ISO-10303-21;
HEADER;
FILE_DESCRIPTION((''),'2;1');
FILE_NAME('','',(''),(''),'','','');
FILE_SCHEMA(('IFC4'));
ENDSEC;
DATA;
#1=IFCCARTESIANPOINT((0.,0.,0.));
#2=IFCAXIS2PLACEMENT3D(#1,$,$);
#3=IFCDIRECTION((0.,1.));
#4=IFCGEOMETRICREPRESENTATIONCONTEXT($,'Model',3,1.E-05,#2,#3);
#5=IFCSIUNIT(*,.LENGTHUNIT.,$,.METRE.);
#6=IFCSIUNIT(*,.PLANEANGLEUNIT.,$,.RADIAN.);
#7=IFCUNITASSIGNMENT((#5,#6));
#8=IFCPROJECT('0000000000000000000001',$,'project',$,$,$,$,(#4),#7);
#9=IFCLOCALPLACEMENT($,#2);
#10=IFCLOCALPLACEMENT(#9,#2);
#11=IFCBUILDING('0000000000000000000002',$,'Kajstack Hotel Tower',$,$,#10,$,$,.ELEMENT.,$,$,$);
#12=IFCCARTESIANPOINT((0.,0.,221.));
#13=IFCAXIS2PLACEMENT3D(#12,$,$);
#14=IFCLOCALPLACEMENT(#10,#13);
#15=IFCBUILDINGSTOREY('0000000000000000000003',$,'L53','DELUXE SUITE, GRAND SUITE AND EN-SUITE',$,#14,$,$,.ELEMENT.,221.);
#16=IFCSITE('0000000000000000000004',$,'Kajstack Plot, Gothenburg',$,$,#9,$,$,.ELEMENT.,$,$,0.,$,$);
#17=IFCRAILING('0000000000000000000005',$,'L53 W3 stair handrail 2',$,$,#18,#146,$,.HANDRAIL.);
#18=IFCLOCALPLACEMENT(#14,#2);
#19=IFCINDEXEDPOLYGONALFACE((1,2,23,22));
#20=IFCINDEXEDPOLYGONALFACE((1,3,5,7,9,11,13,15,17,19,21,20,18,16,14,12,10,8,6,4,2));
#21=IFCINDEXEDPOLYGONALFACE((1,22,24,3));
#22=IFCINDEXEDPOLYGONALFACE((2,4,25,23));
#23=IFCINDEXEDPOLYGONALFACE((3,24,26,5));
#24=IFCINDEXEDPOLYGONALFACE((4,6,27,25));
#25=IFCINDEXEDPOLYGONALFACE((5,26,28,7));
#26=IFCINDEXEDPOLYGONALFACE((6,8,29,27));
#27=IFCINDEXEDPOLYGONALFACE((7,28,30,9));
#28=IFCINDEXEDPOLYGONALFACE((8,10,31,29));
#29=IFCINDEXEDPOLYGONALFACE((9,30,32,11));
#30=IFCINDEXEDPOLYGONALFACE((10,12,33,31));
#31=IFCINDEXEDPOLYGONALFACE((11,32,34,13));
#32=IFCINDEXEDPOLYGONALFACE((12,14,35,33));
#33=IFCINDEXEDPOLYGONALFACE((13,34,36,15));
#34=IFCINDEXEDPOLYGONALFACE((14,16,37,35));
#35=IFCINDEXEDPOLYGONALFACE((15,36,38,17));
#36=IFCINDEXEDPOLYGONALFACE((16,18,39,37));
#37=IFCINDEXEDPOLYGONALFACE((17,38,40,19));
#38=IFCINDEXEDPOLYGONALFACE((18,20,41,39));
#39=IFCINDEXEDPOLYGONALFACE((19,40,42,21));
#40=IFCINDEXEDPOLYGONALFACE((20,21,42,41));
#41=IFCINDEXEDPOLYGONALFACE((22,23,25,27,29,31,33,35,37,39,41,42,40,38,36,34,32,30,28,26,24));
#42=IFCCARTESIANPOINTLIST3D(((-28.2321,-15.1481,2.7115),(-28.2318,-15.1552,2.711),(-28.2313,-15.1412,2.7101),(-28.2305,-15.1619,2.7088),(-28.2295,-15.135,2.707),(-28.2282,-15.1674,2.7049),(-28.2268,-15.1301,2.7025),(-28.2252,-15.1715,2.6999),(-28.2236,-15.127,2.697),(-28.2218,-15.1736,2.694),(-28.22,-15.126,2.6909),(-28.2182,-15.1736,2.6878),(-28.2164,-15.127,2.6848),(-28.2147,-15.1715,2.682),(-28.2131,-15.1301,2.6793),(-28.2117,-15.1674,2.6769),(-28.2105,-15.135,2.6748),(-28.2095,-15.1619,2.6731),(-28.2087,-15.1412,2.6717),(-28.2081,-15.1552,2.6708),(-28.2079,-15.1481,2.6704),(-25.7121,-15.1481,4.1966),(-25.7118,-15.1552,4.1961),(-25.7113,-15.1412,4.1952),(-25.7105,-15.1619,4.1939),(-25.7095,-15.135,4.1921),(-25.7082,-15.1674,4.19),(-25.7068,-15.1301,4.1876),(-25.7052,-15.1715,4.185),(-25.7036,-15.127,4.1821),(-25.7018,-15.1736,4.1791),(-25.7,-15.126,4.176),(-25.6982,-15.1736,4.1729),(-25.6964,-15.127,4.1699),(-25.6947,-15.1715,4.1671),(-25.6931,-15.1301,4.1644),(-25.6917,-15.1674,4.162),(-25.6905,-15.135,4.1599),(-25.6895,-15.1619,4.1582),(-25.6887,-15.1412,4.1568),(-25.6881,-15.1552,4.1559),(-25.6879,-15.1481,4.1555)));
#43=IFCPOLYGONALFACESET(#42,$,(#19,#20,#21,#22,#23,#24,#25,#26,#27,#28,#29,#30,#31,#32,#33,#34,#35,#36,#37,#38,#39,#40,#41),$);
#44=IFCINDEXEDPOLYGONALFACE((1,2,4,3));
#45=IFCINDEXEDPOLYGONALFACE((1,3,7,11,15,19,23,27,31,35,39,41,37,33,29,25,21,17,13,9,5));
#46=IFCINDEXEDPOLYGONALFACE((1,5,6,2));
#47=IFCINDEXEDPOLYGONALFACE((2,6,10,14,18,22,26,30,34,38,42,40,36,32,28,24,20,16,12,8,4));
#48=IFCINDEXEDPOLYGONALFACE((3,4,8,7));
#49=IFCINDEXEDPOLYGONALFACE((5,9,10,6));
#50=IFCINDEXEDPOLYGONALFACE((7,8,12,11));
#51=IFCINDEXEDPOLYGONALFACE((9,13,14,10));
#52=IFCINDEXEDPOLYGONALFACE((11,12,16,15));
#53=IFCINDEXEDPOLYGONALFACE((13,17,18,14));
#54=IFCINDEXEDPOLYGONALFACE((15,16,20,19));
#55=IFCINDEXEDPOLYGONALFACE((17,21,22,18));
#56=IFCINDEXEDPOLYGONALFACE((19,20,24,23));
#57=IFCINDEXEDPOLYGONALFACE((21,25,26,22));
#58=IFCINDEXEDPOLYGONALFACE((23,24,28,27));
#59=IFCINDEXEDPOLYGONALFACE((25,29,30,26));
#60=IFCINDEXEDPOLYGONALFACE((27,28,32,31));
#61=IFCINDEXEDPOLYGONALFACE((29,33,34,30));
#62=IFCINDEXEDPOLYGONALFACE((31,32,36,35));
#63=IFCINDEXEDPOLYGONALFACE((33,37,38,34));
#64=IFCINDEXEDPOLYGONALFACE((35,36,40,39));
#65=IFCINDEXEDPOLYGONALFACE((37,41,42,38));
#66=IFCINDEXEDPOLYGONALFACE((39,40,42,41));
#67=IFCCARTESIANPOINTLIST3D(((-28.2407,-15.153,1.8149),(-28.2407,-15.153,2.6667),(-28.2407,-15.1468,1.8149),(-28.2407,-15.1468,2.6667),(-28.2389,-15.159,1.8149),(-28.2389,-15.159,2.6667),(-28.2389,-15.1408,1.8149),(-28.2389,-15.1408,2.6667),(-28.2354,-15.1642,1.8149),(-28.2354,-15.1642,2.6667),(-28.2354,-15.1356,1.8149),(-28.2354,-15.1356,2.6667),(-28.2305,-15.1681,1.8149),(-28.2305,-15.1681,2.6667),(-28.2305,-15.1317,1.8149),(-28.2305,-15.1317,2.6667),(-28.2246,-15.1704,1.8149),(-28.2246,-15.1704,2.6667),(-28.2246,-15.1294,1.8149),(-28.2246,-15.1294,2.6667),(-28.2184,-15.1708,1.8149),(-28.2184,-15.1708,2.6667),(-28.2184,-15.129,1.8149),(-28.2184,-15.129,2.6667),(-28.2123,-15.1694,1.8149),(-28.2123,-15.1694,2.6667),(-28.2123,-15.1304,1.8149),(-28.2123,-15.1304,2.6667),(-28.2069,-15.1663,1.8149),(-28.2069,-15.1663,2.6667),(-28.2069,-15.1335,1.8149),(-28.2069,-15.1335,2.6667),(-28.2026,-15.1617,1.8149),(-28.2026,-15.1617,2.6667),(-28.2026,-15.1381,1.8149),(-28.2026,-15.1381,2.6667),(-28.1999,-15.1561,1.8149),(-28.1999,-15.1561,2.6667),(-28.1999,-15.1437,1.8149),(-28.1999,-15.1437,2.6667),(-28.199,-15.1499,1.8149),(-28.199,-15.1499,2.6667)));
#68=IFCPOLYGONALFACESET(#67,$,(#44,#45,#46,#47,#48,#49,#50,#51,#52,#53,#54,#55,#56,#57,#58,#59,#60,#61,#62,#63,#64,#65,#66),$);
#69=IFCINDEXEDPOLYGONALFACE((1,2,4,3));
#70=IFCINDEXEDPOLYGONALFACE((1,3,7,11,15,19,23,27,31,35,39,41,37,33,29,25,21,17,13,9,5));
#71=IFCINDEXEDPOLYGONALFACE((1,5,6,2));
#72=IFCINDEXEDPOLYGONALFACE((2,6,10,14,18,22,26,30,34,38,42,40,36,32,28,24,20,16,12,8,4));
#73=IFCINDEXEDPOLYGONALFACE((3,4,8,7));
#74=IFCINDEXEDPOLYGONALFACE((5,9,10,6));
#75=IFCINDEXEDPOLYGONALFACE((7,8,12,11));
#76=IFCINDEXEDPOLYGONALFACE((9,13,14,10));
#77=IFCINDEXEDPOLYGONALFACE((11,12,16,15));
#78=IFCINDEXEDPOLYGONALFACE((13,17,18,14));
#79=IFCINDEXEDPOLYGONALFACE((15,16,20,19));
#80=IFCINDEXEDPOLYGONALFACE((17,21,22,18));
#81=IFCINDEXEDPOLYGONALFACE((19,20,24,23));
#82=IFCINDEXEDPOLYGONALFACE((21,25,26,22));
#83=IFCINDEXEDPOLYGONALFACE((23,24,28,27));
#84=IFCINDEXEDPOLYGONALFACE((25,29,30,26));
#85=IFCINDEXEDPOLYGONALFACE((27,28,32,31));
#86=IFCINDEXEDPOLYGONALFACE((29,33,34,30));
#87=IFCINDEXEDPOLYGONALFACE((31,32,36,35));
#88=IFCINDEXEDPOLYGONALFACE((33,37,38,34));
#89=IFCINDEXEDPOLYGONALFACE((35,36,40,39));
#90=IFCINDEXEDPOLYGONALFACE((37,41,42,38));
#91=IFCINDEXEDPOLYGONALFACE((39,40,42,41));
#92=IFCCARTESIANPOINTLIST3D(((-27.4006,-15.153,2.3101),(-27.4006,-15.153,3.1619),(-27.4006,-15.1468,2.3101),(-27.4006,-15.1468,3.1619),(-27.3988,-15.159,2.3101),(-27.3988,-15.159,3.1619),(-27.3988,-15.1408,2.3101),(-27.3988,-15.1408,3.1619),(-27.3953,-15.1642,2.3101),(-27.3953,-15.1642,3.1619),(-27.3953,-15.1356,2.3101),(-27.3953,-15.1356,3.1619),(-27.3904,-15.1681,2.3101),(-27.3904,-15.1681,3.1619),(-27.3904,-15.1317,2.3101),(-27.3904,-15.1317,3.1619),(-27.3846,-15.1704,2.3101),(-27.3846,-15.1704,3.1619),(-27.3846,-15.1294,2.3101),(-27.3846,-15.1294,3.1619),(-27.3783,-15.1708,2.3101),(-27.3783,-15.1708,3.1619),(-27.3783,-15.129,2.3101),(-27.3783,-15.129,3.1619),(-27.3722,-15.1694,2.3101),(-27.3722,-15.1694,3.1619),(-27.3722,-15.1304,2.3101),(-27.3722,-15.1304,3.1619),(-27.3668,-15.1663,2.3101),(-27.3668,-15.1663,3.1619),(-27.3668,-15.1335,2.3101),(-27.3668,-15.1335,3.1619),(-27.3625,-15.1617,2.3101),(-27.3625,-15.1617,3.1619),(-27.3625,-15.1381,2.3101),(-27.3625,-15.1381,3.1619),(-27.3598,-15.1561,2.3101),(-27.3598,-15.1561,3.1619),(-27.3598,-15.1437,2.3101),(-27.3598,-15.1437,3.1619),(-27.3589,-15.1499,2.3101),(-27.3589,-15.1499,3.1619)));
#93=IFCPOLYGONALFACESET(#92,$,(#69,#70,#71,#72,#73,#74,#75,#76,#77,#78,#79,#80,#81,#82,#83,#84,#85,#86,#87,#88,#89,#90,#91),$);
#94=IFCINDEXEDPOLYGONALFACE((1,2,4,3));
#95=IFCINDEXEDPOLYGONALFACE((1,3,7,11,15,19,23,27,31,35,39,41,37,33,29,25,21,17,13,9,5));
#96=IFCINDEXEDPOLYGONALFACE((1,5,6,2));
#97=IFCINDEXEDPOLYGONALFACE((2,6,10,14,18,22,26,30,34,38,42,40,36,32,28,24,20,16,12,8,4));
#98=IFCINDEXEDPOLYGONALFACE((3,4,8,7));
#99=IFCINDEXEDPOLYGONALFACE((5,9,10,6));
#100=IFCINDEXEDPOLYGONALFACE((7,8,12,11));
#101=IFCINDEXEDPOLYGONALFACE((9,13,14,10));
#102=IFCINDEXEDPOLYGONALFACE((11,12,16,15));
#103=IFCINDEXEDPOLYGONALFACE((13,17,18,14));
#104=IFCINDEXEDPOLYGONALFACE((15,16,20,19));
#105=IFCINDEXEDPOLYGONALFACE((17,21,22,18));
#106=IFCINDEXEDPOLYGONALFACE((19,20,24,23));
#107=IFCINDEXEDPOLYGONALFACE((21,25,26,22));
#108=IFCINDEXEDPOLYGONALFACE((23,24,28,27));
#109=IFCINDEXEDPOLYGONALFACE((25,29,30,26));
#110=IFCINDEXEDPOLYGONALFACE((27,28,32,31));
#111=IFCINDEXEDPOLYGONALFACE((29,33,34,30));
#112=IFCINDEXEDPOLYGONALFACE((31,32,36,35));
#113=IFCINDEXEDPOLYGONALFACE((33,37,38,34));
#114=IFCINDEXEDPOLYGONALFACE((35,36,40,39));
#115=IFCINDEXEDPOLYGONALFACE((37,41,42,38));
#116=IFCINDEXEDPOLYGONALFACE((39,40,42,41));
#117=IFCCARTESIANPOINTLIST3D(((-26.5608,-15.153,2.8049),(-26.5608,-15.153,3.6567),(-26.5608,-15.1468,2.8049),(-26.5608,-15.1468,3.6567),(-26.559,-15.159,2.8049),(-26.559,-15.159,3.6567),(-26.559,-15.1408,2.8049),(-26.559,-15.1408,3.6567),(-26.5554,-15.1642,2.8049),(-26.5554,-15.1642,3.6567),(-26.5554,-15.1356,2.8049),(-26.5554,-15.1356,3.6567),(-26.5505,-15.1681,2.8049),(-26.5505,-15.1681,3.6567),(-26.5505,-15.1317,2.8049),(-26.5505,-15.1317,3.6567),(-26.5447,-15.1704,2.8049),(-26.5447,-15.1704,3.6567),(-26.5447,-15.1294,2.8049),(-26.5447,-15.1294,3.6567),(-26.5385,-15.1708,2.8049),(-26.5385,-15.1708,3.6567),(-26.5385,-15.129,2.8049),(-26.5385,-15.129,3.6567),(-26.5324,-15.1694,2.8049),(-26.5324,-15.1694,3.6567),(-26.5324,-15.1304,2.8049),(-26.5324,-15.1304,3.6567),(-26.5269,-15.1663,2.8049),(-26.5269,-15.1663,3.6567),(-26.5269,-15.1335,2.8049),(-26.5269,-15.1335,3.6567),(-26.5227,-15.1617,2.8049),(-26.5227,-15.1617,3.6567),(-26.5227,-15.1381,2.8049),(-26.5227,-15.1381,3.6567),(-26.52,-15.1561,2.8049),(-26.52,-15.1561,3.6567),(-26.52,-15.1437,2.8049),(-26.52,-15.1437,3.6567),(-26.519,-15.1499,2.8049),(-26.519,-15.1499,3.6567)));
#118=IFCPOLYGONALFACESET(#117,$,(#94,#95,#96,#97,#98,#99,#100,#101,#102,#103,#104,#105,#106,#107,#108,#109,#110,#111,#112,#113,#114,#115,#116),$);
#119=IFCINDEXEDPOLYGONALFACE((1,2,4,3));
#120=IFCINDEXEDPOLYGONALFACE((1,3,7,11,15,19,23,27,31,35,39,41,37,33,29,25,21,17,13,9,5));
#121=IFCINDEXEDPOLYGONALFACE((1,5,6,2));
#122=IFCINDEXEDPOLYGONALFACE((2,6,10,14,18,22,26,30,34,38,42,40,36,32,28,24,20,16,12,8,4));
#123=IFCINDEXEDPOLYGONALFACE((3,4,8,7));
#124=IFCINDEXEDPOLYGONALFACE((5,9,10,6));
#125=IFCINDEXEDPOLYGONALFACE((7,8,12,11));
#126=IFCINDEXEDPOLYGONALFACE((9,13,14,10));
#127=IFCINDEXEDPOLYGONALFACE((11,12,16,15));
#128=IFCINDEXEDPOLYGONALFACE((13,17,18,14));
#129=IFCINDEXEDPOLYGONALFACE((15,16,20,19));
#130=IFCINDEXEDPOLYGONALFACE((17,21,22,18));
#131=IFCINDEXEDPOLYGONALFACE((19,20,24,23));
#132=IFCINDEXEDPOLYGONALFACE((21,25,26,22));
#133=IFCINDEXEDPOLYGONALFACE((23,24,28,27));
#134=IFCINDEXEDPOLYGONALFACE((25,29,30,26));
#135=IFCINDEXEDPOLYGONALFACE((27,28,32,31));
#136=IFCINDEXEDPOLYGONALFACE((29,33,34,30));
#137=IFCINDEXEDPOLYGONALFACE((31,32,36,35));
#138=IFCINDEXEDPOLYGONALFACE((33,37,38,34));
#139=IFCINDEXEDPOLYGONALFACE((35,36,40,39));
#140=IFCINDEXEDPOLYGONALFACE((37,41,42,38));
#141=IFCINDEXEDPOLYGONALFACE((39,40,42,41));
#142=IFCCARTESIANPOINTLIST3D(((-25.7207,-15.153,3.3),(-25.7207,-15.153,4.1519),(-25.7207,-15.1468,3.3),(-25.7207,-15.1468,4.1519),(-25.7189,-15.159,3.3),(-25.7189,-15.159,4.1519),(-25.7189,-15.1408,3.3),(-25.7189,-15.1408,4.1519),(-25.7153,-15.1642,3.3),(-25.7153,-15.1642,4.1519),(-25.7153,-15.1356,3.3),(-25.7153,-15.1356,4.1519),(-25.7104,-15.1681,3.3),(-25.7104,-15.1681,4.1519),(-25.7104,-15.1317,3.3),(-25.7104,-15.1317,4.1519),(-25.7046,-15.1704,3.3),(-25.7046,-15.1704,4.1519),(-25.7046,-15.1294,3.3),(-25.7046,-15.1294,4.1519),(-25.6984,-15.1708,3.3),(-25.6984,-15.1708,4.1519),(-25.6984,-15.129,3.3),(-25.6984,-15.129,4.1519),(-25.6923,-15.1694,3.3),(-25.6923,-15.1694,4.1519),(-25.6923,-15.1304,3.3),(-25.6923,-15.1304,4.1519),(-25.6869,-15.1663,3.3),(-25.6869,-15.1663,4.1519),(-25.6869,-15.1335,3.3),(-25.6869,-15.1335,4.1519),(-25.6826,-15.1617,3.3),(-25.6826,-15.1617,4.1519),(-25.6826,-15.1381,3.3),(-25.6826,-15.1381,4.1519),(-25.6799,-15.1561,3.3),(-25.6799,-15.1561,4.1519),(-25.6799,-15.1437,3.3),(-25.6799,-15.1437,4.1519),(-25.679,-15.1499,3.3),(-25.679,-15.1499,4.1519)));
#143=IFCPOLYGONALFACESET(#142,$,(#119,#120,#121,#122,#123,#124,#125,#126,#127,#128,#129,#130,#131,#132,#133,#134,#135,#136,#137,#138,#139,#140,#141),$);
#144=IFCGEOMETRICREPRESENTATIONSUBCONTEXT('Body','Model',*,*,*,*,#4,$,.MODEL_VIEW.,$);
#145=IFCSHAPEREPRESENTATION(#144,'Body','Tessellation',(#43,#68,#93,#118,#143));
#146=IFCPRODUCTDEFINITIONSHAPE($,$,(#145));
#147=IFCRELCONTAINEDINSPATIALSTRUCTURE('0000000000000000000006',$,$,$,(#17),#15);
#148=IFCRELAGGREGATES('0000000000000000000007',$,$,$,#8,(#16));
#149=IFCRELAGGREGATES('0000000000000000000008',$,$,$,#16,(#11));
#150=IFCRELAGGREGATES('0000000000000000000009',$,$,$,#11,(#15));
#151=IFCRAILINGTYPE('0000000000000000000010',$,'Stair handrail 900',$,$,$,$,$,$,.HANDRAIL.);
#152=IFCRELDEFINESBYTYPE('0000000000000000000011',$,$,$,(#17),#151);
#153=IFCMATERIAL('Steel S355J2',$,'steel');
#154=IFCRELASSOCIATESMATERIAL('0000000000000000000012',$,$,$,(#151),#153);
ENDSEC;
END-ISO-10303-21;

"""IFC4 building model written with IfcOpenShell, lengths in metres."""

from ifc_helpers import new_model, si_unit, direction, frame, origin, origin_2d, place, context, subcontext, project, spatial, circle, extrude, material, type_object, element, save


model = new_model("IFC4")

# Units and contexts
model_context = context("Model", 3, precision=1e-05, world=origin(), true_north=direction((0.0, 1.0)))
body_context = subcontext(model_context, "Body", "Model", "MODEL_VIEW")
ifc_project = project(units=[si_unit("LENGTHUNIT", "METRE"), si_unit("PLANEANGLEUNIT", "RADIAN")], contexts=[model_context])

# Site, building, storey
site_placement = place(None, origin())
site = spatial("IfcSite", under=ifc_project, at=site_placement, Name="Kajstack Plot, Gothenburg", CompositionType="ELEMENT", RefElevation=0.0)
building_placement = place(site_placement, origin())
building = spatial("IfcBuilding", under=site, at=building_placement, Name="Kajstack Hotel Tower", CompositionType="ELEMENT")
storey_placement = place(building_placement, frame((0.0, 0.0, 221.0)))
storey = spatial("IfcBuildingStorey", under=building, at=storey_placement, Name="L53", Description="DELUXE SUITE, GRAND SUITE AND EN-SUITE", CompositionType="ELEMENT", Elevation=221.0)

# Railing
ifc_material_1 = material(Name="Steel S355J2", Category="steel")
railing_type_1 = type_object("IfcRailingType", Name="Stair handrail 900", PredefinedType="HANDRAIL", material=ifc_material_1)
railing_1_placement = place(storey_placement, frame((-28.22, -15.1499, 1.8149)))
element("IfcRailing", 1, at=railing_1_placement, inside=storey, type_object=railing_type_1, Name="L53 W3 stair handrail 2", PredefinedType="HANDRAIL", context=body_context, shape_type="SweptSolid", body=[
    extrude(circle(Radius=0.0239, at=origin_2d()), frame((0.0, 0.0, 0.876), z_axis=(0.861524, 0.0, 0.507717), x_axis=(0.0, 1.0, 0.0)), (0.0, 0.0, 1.0), 2.925),
    extrude(circle(Radius=0.021, at=origin_2d()), origin(), (0.0, 0.0, 1.0), 0.8518),
    extrude(circle(Radius=0.021, at=origin_2d()), frame((0.8401, 0.0, 0.4951)), (0.0, 0.0, 1.0), 0.8518),
    extrude(circle(Radius=0.021, at=origin_2d()), frame((1.6799, 0.0, 0.99)), (0.0, 0.0, 1.0), 0.8518),
    extrude(circle(Radius=0.021, at=origin_2d()), frame((2.52, 0.0, 1.4851)), (0.0, 0.0, 1.0), 0.8518),
])

save(model, "model.ifc")
